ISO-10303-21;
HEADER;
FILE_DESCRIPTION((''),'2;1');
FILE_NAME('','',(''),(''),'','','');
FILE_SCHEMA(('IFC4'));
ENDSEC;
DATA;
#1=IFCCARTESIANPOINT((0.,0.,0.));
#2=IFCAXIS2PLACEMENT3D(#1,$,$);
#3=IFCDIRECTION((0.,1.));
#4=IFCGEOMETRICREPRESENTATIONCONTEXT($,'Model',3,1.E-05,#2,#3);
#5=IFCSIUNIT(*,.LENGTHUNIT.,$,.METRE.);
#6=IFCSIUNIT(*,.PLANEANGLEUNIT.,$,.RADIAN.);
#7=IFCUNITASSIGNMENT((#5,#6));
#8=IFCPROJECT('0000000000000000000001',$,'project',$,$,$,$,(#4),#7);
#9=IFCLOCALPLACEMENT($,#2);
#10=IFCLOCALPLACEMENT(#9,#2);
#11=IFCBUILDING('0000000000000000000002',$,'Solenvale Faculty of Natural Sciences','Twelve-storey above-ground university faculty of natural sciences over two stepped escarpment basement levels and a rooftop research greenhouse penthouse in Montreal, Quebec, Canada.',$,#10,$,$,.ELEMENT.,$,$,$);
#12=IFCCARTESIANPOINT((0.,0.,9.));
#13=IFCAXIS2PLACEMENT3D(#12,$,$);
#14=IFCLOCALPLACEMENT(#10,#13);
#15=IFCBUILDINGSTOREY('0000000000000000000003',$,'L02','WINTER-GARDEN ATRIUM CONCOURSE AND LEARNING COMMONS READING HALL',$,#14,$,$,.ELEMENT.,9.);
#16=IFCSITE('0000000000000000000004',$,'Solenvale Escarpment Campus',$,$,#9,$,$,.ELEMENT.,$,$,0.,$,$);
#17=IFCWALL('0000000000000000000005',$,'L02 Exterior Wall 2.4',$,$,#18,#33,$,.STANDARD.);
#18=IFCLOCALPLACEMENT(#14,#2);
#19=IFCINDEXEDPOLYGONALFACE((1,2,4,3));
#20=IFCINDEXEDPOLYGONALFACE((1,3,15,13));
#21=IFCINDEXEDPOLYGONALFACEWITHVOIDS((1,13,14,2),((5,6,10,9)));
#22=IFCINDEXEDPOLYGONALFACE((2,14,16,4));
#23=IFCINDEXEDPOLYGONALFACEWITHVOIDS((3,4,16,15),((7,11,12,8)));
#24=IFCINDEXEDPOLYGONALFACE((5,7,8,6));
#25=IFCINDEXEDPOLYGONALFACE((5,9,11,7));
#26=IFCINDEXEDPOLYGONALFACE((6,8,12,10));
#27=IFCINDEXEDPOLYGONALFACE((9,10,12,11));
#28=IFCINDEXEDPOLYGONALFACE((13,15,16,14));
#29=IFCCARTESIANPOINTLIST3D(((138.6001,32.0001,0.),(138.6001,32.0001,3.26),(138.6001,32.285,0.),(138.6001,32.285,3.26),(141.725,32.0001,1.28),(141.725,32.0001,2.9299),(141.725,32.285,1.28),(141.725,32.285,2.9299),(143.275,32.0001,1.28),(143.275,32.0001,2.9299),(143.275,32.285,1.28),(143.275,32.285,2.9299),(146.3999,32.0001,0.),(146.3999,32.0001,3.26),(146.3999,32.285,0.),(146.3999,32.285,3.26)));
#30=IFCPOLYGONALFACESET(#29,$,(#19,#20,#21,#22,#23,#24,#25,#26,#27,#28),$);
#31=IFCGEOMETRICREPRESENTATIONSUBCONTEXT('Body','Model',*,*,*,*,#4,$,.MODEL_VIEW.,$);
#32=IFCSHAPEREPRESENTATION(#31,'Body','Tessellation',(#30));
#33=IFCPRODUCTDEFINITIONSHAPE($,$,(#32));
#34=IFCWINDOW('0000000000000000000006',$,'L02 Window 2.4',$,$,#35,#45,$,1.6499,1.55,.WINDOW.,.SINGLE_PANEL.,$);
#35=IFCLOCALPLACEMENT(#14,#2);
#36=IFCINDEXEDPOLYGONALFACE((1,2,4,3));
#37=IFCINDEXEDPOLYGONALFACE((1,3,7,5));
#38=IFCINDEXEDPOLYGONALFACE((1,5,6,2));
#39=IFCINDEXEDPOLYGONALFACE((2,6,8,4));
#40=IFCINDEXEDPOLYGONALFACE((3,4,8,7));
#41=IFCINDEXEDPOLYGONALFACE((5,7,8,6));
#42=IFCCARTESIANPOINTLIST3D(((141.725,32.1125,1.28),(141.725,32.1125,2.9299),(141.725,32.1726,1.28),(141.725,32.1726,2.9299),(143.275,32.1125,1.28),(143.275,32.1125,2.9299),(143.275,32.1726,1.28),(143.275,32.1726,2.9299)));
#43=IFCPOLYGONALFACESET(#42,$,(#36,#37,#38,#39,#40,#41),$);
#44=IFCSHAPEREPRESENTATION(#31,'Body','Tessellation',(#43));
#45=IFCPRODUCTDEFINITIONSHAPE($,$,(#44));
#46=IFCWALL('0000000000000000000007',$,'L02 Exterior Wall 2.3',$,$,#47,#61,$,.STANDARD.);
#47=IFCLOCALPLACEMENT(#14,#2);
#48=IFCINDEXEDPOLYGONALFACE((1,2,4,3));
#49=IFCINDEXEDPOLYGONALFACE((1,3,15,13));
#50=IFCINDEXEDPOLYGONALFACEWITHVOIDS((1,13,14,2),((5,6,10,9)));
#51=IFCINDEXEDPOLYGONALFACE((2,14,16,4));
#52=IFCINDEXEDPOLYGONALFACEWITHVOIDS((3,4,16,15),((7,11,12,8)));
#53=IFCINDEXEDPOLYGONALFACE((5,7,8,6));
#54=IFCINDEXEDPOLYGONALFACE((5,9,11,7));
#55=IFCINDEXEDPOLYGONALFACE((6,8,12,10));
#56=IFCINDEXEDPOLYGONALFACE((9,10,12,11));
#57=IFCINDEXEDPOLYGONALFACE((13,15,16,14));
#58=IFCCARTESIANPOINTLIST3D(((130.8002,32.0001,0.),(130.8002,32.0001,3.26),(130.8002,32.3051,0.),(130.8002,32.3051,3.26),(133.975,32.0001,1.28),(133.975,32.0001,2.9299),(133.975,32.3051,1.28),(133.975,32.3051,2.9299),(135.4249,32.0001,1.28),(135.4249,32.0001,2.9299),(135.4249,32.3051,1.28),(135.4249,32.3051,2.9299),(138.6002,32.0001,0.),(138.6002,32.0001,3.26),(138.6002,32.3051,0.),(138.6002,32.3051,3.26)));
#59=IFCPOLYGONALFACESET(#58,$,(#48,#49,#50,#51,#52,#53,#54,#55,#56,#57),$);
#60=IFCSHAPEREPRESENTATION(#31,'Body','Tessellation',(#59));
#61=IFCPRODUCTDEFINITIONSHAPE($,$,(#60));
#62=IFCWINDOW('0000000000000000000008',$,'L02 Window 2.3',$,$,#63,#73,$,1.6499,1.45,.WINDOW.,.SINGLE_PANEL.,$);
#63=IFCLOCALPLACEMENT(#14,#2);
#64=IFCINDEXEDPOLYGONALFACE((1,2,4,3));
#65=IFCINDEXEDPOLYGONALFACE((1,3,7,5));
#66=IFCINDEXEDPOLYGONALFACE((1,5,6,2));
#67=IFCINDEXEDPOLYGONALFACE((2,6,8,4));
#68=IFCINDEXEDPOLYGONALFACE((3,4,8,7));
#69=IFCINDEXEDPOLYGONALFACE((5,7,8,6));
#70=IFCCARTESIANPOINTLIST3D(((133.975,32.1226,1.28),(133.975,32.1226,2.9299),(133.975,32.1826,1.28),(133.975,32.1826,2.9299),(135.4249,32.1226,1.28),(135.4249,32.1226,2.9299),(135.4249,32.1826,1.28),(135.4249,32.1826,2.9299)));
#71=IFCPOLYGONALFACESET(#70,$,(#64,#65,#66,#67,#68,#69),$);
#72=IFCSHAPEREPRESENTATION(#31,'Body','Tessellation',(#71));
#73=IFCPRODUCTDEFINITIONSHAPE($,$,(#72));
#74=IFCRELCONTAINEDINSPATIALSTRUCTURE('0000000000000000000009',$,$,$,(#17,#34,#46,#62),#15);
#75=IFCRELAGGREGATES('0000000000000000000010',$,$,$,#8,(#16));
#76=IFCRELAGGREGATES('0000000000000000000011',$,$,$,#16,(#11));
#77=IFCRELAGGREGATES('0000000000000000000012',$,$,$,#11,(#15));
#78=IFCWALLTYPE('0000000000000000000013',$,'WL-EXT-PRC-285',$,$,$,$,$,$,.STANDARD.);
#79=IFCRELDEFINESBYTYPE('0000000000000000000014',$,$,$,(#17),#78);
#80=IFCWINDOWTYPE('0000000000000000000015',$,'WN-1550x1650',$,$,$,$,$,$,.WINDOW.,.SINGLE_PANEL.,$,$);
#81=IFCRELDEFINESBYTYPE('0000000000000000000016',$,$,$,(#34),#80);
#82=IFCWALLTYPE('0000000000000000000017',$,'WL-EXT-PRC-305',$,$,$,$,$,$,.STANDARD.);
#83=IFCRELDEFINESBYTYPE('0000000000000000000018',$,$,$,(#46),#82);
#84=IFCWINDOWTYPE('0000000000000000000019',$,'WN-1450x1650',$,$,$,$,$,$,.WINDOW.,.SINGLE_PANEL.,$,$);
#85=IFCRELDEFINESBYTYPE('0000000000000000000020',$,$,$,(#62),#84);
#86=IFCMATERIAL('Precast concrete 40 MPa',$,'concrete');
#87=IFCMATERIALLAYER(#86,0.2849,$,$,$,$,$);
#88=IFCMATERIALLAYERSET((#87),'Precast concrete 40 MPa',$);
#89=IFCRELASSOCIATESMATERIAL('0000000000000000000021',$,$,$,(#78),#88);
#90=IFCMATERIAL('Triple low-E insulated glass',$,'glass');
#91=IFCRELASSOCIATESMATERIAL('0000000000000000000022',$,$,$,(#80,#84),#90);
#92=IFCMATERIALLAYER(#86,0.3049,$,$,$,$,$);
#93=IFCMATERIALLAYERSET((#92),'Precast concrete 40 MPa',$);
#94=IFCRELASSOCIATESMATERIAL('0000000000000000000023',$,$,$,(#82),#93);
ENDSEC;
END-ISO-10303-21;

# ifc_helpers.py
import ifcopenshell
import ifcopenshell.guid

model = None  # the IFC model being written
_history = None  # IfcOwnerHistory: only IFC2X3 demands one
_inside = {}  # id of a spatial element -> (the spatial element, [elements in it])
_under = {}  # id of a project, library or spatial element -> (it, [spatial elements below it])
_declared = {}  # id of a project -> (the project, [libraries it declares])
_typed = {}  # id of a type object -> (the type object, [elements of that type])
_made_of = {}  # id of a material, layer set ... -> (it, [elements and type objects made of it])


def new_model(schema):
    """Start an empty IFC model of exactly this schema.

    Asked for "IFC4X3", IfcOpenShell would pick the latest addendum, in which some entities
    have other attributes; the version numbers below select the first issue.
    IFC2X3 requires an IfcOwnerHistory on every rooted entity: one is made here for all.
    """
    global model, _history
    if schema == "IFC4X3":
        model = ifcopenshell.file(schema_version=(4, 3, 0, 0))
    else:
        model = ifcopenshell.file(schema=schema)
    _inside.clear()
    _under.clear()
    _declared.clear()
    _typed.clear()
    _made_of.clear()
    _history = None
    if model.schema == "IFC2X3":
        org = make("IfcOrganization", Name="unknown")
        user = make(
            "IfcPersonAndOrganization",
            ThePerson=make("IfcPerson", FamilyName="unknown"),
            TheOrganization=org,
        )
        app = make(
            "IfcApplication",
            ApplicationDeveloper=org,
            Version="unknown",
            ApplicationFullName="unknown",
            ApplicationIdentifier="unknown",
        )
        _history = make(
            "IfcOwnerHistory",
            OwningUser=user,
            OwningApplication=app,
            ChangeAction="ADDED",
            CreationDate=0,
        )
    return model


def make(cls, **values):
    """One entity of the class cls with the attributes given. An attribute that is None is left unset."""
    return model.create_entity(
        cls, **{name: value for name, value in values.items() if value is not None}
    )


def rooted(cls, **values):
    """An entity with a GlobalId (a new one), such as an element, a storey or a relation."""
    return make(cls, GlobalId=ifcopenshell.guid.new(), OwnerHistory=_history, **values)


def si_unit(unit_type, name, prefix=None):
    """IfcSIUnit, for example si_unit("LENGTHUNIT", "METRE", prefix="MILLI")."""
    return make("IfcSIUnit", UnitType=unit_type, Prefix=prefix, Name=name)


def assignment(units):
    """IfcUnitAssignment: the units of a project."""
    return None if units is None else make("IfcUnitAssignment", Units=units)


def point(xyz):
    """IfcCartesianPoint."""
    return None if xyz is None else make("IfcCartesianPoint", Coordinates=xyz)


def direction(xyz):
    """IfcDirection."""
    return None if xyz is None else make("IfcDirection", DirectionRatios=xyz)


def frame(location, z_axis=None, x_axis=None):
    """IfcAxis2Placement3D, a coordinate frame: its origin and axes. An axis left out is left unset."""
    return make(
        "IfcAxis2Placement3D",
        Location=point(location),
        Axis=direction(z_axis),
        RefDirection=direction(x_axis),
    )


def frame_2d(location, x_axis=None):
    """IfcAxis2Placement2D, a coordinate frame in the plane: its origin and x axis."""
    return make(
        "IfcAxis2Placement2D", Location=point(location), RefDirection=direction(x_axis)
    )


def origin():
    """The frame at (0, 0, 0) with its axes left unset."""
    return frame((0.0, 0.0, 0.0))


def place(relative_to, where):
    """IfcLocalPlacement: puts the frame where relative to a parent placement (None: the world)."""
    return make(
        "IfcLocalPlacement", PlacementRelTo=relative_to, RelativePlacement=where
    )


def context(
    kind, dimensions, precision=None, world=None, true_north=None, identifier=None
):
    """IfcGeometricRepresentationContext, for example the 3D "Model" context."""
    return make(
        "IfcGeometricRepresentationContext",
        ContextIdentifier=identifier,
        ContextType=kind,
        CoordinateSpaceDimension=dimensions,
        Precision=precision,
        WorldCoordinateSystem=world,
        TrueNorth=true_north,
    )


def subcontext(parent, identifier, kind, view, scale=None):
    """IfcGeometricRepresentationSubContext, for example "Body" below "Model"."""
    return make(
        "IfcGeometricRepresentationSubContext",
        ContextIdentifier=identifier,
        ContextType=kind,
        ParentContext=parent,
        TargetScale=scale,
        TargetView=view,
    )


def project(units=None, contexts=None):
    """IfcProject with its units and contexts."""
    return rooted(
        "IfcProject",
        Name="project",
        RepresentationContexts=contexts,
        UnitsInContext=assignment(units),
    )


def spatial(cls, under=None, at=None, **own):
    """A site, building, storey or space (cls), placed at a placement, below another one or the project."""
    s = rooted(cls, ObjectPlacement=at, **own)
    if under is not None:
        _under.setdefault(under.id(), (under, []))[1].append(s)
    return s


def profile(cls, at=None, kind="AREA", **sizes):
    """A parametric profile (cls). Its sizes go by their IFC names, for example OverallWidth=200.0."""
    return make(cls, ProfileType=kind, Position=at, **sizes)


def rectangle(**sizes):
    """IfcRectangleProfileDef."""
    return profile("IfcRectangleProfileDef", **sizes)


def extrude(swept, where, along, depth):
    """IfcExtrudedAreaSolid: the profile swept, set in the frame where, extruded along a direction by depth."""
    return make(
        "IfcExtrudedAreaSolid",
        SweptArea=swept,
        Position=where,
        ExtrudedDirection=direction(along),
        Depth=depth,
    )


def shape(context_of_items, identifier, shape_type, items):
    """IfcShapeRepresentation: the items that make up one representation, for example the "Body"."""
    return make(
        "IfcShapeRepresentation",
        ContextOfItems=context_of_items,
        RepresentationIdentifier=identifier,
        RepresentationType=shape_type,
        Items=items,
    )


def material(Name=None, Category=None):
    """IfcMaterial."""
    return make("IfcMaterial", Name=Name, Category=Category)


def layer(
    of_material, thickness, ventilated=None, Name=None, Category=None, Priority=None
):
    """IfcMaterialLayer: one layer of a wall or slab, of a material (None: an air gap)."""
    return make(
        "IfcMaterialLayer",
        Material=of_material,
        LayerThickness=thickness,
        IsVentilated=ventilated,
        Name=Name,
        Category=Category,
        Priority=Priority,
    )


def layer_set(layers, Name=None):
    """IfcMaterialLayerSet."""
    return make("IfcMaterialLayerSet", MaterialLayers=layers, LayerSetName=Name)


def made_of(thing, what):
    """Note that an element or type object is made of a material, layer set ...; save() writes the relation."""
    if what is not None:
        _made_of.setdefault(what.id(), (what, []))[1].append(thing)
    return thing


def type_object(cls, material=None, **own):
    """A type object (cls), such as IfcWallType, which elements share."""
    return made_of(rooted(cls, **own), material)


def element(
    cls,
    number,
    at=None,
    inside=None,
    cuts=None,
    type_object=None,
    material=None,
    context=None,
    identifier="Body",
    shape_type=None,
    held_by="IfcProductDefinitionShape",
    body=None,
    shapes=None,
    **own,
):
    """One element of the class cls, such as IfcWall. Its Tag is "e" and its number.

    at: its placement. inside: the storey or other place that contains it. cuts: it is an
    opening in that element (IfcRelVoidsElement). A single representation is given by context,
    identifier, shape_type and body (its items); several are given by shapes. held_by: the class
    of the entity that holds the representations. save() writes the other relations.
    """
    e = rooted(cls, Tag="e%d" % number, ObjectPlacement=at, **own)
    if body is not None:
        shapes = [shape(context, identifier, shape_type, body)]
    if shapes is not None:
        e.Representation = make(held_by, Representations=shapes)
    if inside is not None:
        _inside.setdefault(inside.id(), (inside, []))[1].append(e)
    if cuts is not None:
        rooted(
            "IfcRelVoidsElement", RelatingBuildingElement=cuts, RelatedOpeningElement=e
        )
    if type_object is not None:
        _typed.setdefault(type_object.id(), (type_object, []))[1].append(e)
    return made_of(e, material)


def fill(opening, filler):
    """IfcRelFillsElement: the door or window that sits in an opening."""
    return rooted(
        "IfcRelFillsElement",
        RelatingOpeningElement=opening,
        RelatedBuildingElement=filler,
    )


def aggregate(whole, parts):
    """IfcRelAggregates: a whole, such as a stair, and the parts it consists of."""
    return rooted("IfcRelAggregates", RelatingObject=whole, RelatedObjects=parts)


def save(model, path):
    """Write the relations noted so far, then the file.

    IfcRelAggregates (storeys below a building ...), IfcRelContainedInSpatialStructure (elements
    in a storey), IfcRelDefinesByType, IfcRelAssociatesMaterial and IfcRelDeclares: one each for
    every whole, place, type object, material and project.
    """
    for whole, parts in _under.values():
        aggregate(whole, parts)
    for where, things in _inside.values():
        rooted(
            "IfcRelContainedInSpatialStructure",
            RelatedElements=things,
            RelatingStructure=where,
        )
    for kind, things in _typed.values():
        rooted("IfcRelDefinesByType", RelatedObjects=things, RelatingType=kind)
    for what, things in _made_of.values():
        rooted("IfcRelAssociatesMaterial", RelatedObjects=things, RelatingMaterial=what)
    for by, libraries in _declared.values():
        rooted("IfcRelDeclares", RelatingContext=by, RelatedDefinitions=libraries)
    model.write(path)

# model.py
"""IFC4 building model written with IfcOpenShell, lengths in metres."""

from ifc_helpers import new_model, si_unit, direction, frame, frame_2d, origin, place, context, subcontext, project, spatial, rectangle, extrude, material, layer, layer_set, type_object, element, fill, save


model = new_model("IFC4")

# Units and contexts
model_context = context("Model", 3, precision=1e-05, world=origin(), true_north=direction((0.0, 1.0)))
body_context = subcontext(model_context, "Body", "Model", "MODEL_VIEW")
ifc_project = project(units=[si_unit("LENGTHUNIT", "METRE"), si_unit("PLANEANGLEUNIT", "RADIAN")], contexts=[model_context])

# Site, building, storey
site_placement = place(None, origin())
site = spatial("IfcSite", under=ifc_project, at=site_placement, Name="Solenvale Escarpment Campus", CompositionType="ELEMENT", RefElevation=0.0)
building_placement = place(site_placement, origin())
building = spatial("IfcBuilding", under=site, at=building_placement, Name="Solenvale Faculty of Natural Sciences", Description="Twelve-storey above-ground university faculty of natural sciences over two stepped escarpment basement levels and a rooftop research greenhouse penthouse in Montreal, Quebec, Canada.", CompositionType="ELEMENT")
storey_placement = place(building_placement, frame((0.0, 0.0, 9.0)))
storey = spatial("IfcBuildingStorey", under=building, at=storey_placement, Name="L02", Description="WINTER-GARDEN ATRIUM CONCOURSE AND LEARNING COMMONS READING HALL", CompositionType="ELEMENT", Elevation=9.0)

# Walls, openings, windows
ifc_material_1 = material(Name="Precast concrete 40 MPa", Category="concrete")
ifc_material_2 = material(Name="Triple low-E insulated glass", Category="glass")
ifc_layer_1 = layer(ifc_material_1, 0.2849)
ifc_layer_set_1 = layer_set([ifc_layer_1], Name="Precast concrete 40 MPa")
wall_type_1 = type_object("IfcWallType", Name="WL-EXT-PRC-285", PredefinedType="STANDARD", material=ifc_layer_set_1)
wall_1_placement = place(storey_placement, frame((146.3999, 32.1426, 0.0), z_axis=(0.0, 0.0, 1.0), x_axis=(-1.0, 0.0, 0.0)))
wall_1 = element("IfcWall", 1, at=wall_1_placement, inside=storey, type_object=wall_type_1, Name="L02 Exterior Wall 2.4", PredefinedType="STANDARD", context=body_context, shape_type="SweptSolid", body=[
    extrude(rectangle(XDim=7.7998, YDim=0.2849, at=frame_2d((3.8999, 0.0))), origin(), (0.0, 0.0, 1.0), 3.26),
])
opening_1_placement = place(wall_1_placement, frame((3.125, 0.0, 1.28)))
opening_1 = element("IfcOpeningElement", 2, at=opening_1_placement, cuts=wall_1, PredefinedType="OPENING", context=body_context, shape_type="SweptSolid", body=[
    extrude(rectangle(XDim=1.55, YDim=1.6499, at=frame_2d((0.7749, 0.825))), frame((0.0, 0.1523, 0.0), z_axis=(0.0, -1.0, 0.0), x_axis=(1.0, 0.0, 0.0)), (0.0, 0.0, 1.0), 0.3049),
])
window_type_1 = type_object("IfcWindowType", Name="WN-1550x1650", PartitioningType="SINGLE_PANEL", PredefinedType="WINDOW", material=ifc_material_2)
window_1_placement = place(opening_1_placement, origin())
window_1 = element("IfcWindow", 3, at=window_1_placement, inside=storey, type_object=window_type_1, Name="L02 Window 2.4", OverallHeight=1.6499, OverallWidth=1.55, PartitioningType="SINGLE_PANEL", PredefinedType="WINDOW", context=body_context, shape_type="SweptSolid", body=[
    extrude(rectangle(XDim=1.55, YDim=1.6499, at=frame_2d((0.7749, 0.825))), frame((0.0, 0.03, 0.0), z_axis=(0.0, -1.0, 0.0), x_axis=(1.0, 0.0, 0.0)), (0.0, 0.0, 1.0), 0.0601),
])
fill(opening_1, window_1)
ifc_layer_2 = layer(ifc_material_1, 0.3049)
ifc_layer_set_2 = layer_set([ifc_layer_2], Name="Precast concrete 40 MPa")
wall_type_2 = type_object("IfcWallType", Name="WL-EXT-PRC-305", PredefinedType="STANDARD", material=ifc_layer_set_2)
wall_2_placement = place(storey_placement, frame((138.6001, 32.1526, 0.0), z_axis=(0.0, 0.0, 1.0), x_axis=(-1.0, 0.0, 0.0)))
wall_2 = element("IfcWall", 4, at=wall_2_placement, inside=storey, type_object=wall_type_2, Name="L02 Exterior Wall 2.3", PredefinedType="STANDARD", context=body_context, shape_type="SweptSolid", body=[
    extrude(rectangle(XDim=7.8, YDim=0.3049, at=frame_2d((3.8999, 0.0))), origin(), (0.0, 0.0, 1.0), 3.26),
])
opening_2_placement = place(wall_2_placement, frame((3.175, 0.0, 1.28)))
opening_2 = element("IfcOpeningElement", 5, at=opening_2_placement, cuts=wall_2, PredefinedType="OPENING", context=body_context, shape_type="SweptSolid", body=[
    extrude(rectangle(XDim=1.45, YDim=1.6499, at=frame_2d((0.7251, 0.825))), frame((0.0, 0.1624, 0.0), z_axis=(0.0, -1.0, 0.0), x_axis=(1.0, 0.0, 0.0)), (0.0, 0.0, 1.0), 0.325),
])
window_type_2 = type_object("IfcWindowType", Name="WN-1450x1650", PartitioningType="SINGLE_PANEL", PredefinedType="WINDOW", material=ifc_material_2)
window_2_placement = place(opening_2_placement, origin())
window_2 = element("IfcWindow", 6, at=window_2_placement, inside=storey, type_object=window_type_2, Name="L02 Window 2.3", OverallHeight=1.6499, OverallWidth=1.45, PartitioningType="SINGLE_PANEL", PredefinedType="WINDOW", context=body_context, shape_type="SweptSolid", body=[
    extrude(rectangle(XDim=1.45, YDim=1.6499, at=frame_2d((0.7251, 0.825))), frame((0.0, 0.03, 0.0), z_axis=(0.0, -1.0, 0.0), x_axis=(1.0, 0.0, 0.0)), (0.0, 0.0, 1.0), 0.0601),
])
fill(opening_2, window_2)

save(model, "model.ifc")
